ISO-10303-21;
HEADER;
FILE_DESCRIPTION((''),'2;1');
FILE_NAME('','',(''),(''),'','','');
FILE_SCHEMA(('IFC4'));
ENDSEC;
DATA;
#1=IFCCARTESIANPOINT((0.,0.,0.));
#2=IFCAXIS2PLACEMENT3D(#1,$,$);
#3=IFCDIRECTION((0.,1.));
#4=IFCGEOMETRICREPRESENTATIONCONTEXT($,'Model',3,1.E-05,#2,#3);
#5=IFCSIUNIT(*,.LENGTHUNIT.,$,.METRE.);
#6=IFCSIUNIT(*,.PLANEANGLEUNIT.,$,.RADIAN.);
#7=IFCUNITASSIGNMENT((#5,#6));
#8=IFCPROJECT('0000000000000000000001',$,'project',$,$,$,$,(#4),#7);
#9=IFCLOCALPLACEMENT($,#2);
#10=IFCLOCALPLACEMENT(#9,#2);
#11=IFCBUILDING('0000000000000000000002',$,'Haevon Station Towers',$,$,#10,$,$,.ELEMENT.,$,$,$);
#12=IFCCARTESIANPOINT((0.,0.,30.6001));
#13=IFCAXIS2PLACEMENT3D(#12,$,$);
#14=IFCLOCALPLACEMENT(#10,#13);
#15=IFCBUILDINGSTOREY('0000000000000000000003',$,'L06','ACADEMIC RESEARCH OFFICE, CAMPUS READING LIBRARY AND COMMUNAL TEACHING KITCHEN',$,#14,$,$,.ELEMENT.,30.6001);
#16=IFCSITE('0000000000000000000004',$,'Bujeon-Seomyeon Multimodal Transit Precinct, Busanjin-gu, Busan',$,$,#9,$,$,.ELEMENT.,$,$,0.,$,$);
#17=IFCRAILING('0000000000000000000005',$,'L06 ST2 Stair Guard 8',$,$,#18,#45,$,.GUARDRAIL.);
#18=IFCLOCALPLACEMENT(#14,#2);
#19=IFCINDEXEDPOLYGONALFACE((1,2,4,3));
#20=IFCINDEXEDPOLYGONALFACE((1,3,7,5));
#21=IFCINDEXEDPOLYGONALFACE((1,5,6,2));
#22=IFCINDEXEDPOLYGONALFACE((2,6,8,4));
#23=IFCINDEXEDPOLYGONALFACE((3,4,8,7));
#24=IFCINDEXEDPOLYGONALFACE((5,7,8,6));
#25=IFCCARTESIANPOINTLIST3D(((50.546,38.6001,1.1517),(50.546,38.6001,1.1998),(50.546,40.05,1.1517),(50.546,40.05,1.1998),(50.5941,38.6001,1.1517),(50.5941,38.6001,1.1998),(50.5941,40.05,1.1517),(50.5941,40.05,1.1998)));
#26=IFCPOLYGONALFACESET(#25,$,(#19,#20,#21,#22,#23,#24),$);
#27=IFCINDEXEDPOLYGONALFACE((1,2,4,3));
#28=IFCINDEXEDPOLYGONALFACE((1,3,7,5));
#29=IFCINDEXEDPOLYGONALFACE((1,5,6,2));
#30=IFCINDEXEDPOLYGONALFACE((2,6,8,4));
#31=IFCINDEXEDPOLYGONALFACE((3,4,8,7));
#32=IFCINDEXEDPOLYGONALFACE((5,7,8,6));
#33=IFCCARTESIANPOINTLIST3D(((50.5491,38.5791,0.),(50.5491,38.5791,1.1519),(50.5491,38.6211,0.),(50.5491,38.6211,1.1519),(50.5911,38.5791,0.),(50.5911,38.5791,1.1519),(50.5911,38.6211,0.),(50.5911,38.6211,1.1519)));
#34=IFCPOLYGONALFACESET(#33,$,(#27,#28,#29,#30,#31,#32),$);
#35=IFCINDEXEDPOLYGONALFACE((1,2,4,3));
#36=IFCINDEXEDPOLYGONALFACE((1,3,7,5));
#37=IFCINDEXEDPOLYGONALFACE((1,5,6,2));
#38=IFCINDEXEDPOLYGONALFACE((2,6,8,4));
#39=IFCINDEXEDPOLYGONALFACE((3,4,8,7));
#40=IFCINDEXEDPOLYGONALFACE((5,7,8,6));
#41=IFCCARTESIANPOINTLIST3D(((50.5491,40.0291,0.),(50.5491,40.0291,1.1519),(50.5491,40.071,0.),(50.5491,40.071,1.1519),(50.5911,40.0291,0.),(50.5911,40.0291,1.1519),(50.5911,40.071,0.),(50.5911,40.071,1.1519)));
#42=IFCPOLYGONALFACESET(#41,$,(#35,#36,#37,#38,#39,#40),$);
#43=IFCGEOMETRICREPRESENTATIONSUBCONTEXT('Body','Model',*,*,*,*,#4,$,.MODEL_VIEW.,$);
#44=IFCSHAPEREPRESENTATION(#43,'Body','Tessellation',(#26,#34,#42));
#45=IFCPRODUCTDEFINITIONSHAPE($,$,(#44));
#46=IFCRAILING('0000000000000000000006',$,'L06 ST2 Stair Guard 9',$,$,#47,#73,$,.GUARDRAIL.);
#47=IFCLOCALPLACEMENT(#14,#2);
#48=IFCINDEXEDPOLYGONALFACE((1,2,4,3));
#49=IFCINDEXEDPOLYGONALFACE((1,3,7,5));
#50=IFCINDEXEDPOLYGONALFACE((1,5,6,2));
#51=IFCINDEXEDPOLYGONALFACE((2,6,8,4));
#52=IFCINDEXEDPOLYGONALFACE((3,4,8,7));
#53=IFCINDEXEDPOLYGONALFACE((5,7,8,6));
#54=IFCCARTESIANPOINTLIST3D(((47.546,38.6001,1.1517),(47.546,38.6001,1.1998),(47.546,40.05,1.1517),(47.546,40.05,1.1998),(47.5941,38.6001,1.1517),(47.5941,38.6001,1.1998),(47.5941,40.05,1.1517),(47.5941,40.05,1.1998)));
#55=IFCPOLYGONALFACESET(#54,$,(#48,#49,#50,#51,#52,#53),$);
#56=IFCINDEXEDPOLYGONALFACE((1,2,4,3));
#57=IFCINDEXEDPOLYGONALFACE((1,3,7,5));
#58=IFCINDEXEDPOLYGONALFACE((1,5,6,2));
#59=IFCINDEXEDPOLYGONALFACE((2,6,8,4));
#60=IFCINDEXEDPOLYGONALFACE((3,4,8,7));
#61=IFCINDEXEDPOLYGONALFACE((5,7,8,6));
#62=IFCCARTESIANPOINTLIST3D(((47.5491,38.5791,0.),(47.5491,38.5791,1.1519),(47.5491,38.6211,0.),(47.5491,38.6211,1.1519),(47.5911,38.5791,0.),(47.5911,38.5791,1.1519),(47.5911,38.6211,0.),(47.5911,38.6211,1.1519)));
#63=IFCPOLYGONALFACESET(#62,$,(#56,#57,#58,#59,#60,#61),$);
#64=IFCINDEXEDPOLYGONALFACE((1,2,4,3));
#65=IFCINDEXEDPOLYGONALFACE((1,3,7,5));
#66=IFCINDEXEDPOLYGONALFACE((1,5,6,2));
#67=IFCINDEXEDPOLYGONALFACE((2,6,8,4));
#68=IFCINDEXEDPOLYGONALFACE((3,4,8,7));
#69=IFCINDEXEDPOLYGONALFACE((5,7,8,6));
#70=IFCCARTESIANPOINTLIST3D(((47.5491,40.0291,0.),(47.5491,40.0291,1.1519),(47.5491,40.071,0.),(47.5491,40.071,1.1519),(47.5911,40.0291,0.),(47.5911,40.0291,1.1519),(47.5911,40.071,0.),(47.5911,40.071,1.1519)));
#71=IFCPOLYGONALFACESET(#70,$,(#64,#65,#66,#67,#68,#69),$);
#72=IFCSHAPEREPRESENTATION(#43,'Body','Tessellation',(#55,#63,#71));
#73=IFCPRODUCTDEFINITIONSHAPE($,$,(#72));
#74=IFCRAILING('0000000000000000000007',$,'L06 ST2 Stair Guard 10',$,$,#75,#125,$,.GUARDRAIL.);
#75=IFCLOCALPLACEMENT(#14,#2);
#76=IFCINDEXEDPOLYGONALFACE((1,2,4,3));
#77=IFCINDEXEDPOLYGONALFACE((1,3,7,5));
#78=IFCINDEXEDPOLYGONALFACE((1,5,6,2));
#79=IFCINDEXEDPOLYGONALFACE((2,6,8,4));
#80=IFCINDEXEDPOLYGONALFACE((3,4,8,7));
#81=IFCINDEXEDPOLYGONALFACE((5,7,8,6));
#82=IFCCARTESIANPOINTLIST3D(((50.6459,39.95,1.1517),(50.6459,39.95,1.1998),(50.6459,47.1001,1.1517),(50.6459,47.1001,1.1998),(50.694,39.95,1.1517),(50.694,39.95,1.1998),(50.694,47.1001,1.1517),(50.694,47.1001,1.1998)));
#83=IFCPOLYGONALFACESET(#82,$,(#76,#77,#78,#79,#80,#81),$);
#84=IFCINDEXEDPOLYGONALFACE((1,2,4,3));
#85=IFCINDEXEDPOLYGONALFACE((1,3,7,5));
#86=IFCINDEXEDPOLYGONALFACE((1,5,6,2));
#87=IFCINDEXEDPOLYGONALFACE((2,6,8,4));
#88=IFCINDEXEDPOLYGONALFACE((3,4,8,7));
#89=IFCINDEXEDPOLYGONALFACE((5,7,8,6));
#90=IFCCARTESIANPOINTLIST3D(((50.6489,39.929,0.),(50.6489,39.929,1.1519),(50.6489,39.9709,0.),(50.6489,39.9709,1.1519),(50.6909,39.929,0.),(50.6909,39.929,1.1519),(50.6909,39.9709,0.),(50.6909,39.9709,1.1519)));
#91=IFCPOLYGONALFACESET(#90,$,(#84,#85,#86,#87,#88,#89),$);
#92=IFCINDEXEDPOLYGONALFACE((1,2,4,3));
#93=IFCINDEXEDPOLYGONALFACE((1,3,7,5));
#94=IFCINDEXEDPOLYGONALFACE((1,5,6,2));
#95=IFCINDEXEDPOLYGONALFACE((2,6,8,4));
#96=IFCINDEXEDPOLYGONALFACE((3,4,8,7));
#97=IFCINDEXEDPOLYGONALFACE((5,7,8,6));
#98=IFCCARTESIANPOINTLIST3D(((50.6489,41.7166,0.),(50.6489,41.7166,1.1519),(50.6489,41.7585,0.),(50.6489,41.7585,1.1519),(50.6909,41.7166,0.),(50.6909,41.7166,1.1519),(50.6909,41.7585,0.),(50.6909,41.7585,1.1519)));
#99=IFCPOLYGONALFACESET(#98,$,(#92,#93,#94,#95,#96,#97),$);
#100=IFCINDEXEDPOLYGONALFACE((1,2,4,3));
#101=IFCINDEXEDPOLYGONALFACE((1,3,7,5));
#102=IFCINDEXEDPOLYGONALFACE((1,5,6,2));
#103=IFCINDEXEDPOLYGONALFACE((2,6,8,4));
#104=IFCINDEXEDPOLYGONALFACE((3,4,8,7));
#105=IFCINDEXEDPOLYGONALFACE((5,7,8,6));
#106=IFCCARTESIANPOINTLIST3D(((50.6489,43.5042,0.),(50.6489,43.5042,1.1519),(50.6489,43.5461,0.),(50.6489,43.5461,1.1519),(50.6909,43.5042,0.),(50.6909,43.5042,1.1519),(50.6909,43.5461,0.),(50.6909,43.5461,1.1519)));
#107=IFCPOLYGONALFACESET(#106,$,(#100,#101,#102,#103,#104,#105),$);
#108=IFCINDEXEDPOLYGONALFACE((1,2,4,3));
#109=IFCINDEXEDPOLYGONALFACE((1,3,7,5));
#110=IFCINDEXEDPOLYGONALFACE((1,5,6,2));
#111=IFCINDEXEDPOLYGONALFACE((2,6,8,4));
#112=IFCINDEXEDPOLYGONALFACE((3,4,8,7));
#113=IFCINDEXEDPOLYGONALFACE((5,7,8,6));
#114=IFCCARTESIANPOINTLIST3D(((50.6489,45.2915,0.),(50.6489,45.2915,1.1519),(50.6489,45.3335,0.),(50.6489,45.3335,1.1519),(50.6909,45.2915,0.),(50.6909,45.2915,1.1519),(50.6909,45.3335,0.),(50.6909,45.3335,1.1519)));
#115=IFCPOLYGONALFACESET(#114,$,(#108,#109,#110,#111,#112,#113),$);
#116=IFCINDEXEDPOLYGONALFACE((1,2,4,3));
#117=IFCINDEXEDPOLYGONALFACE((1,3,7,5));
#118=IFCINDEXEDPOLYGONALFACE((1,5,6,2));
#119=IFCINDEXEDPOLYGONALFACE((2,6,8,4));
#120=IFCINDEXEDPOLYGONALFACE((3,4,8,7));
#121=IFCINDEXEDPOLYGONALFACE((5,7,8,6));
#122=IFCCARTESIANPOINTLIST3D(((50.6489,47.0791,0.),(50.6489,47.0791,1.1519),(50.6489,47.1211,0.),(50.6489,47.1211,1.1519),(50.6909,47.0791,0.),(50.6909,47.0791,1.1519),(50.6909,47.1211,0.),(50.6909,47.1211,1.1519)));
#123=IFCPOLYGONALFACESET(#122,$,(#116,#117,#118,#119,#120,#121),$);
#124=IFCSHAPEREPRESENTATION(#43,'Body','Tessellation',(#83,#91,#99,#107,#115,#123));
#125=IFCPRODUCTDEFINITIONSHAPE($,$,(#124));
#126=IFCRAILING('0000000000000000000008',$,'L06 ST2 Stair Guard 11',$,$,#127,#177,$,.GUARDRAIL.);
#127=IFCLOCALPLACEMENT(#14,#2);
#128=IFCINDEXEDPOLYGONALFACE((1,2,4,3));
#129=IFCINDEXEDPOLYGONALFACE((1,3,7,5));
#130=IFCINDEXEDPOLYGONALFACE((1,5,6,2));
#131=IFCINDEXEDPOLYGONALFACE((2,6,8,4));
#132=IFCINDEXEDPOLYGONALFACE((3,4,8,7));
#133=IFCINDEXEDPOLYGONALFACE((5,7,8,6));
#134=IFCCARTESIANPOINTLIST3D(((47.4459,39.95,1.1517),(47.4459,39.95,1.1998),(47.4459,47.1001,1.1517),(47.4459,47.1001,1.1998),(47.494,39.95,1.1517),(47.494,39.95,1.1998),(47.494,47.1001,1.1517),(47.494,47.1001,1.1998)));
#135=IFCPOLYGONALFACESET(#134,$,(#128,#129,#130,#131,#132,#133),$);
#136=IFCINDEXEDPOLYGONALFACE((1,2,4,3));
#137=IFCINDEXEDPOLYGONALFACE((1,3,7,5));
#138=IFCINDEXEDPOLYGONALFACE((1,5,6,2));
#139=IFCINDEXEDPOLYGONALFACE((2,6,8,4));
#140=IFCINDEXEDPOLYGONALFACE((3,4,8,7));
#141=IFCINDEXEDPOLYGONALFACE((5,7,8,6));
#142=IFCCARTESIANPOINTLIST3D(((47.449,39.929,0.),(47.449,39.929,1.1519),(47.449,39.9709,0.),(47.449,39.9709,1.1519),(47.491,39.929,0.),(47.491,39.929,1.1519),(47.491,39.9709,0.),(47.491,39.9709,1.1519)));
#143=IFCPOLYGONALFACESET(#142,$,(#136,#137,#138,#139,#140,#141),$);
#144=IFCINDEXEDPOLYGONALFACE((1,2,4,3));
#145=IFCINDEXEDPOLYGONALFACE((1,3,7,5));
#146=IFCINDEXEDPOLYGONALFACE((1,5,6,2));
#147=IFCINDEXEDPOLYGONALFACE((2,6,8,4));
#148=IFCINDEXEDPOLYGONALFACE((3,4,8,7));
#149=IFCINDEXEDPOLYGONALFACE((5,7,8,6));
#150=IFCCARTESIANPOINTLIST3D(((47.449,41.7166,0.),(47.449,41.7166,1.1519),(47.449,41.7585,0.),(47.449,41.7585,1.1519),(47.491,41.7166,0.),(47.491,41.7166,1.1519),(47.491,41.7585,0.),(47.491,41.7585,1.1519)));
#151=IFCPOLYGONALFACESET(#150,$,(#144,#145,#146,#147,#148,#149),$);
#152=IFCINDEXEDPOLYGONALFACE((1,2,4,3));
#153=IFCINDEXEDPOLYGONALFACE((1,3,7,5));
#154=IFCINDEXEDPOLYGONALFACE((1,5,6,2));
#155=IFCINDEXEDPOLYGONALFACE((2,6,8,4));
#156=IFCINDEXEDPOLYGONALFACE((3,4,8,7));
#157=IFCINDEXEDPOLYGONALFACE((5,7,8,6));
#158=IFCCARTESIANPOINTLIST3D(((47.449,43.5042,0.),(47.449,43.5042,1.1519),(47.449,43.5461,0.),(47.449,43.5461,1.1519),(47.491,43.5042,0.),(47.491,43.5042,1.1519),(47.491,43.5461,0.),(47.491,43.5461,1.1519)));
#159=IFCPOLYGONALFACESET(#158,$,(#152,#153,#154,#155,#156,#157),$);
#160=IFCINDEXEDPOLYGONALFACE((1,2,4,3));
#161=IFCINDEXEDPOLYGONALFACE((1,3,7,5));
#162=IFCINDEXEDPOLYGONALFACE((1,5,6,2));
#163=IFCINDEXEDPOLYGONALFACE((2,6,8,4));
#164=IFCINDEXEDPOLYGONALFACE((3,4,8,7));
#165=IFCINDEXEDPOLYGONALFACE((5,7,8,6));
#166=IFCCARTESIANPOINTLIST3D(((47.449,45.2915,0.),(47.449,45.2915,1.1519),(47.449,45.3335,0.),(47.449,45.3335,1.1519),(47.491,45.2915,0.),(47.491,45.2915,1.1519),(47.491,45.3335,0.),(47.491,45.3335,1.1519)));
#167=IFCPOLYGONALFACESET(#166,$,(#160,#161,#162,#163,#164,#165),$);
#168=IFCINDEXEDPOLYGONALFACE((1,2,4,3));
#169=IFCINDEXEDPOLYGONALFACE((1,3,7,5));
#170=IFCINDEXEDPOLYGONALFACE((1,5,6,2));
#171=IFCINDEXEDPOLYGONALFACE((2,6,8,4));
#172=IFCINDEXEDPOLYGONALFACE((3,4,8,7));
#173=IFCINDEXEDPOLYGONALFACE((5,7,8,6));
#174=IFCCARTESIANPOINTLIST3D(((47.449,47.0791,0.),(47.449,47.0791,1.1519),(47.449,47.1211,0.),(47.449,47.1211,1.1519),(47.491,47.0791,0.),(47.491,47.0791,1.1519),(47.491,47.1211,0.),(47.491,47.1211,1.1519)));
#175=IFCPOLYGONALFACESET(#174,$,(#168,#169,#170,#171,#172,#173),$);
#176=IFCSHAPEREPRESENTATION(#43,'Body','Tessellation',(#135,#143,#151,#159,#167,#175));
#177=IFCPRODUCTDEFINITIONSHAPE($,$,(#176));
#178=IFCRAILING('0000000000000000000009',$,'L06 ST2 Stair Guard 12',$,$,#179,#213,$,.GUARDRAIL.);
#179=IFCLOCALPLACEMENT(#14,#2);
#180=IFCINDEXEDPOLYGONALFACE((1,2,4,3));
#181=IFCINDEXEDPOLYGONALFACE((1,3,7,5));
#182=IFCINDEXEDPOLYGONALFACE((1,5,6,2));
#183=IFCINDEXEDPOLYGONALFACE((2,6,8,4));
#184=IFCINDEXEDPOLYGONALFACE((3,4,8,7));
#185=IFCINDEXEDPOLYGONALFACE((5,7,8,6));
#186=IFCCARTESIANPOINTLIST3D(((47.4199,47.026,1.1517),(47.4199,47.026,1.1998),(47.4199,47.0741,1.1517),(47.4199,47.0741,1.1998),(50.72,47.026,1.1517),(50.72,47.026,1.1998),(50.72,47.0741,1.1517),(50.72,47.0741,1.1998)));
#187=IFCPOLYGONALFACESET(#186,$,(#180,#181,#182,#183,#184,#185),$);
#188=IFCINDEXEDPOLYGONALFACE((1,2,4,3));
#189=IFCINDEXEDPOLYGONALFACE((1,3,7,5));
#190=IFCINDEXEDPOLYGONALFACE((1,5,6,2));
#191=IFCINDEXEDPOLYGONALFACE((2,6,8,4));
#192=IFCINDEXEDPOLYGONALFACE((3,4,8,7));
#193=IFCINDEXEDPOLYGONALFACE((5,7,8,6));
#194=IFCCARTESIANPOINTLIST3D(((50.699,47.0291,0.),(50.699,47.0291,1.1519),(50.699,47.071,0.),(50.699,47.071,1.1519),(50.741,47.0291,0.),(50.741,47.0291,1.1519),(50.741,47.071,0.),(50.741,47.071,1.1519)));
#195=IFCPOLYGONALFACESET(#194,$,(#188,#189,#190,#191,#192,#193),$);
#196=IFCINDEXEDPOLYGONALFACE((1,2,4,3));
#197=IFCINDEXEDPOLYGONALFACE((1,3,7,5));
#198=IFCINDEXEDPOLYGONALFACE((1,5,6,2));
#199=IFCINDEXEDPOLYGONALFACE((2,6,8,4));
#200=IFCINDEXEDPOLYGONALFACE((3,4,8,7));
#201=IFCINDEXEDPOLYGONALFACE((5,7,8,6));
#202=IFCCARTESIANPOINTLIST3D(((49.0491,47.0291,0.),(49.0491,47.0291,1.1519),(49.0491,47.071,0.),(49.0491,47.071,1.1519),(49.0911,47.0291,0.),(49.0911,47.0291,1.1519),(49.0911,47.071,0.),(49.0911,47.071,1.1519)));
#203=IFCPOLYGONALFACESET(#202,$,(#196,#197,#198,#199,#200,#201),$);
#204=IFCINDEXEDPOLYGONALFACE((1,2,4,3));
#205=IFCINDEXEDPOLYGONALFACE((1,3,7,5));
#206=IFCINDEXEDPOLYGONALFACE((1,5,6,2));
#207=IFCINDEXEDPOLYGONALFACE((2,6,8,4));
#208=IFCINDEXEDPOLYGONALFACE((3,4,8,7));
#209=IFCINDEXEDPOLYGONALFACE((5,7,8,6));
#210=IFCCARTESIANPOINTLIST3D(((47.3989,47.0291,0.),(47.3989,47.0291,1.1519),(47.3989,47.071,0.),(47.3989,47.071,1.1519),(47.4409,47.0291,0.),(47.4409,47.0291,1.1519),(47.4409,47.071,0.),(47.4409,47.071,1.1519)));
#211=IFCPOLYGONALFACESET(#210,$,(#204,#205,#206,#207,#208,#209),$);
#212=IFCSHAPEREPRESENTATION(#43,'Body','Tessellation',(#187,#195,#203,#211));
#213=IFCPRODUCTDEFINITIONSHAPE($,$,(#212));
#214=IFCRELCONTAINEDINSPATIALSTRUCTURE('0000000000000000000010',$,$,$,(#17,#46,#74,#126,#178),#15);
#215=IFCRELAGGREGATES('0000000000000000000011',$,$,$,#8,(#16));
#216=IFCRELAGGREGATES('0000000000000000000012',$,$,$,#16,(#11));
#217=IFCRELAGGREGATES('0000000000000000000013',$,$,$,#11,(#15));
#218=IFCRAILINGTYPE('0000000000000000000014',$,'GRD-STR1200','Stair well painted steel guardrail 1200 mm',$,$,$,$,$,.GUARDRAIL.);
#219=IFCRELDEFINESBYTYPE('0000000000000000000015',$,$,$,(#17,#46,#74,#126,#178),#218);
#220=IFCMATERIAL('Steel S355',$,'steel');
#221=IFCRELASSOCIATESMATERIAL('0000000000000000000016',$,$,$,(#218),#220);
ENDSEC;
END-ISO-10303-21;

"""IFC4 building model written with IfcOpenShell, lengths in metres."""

from ifc_helpers import new_model, si_unit, direction, frame, origin, origin_2d, place, context, subcontext, project, spatial, rectangle, extrude, material, type_object, element, save


model = new_model("IFC4")

# Units and contexts
model_context = context("Model", 3, precision=1e-05, world=origin(), true_north=direction((0.0, 1.0)))
body_context = subcontext(model_context, "Body", "Model", "MODEL_VIEW")
ifc_project = project(units=[si_unit("LENGTHUNIT", "METRE"), si_unit("PLANEANGLEUNIT", "RADIAN")], contexts=[model_context])

# Site, building, storey
site_placement = place(None, origin())
site = spatial("IfcSite", under=ifc_project, at=site_placement, Name="Bujeon-Seomyeon Multimodal Transit Precinct, Busanjin-gu, Busan", CompositionType="ELEMENT", RefElevation=0.0)
building_placement = place(site_placement, origin())
building = spatial("IfcBuilding", under=site, at=building_placement, Name="Haevon Station Towers", CompositionType="ELEMENT")
storey_placement = place(building_placement, frame((0.0, 0.0, 30.6001)))
storey = spatial("IfcBuildingStorey", under=building, at=storey_placement, Name="L06", Description="ACADEMIC RESEARCH OFFICE, CAMPUS READING LIBRARY AND COMMUNAL TEACHING KITCHEN", CompositionType="ELEMENT", Elevation=30.6001)

# Shared definitions
ifc_material_1 = material(Name="Steel S355", Category="steel")

# Railings
railing_type_1 = type_object("IfcRailingType", Name="GRD-STR1200", Description="Stair well painted steel guardrail 1200 mm", PredefinedType="GUARDRAIL", material=ifc_material_1)
for number, where, name in (
    (1, (50.5701, 38.6001, 0.0), "L06 ST2 Stair Guard 8"),
    (2, (47.5701, 38.6001, 0.0), "L06 ST2 Stair Guard 9"),
):
    element("IfcRailing", number, at=place(storey_placement, frame(where)), inside=storey, type_object=railing_type_1, Name=name, PredefinedType="GUARDRAIL", context=body_context, shape_type="SweptSolid", body=[
        extrude(rectangle(XDim=0.0481, YDim=0.0481, at=origin_2d()), frame((0.0, 0.0, 1.1758), z_axis=(0.0, 1.0, 0.0), x_axis=(-1.0, 0.0, 0.0)), (0.0, 0.0, 1.0), 1.45),
        extrude(rectangle(XDim=0.042, YDim=0.042, at=origin_2d()), origin(), (0.0, 0.0, 1.0), 1.1519),
        extrude(rectangle(XDim=0.042, YDim=0.042, at=origin_2d()), frame((0.0, 1.45, 0.0)), (0.0, 0.0, 1.0), 1.1519),
    ])
for number, where, name in (
    (3, (50.6699, 39.95, 0.0), "L06 ST2 Stair Guard 10"),
    (4, (47.47, 39.95, 0.0), "L06 ST2 Stair Guard 11"),
):
    element("IfcRailing", number, at=place(storey_placement, frame(where)), inside=storey, type_object=railing_type_1, Name=name, PredefinedType="GUARDRAIL", context=body_context, shape_type="SweptSolid", body=[
        extrude(rectangle(XDim=0.0481, YDim=0.0481, at=origin_2d()), frame((0.0, 0.0, 1.1758), z_axis=(0.0, 1.0, 0.0), x_axis=(-1.0, 0.0, 0.0)), (0.0, 0.0, 1.0), 7.1501),
        extrude(rectangle(XDim=0.042, YDim=0.042, at=origin_2d()), origin(), (0.0, 0.0, 1.0), 1.1519),
        extrude(rectangle(XDim=0.042, YDim=0.042, at=origin_2d()), frame((0.0, 1.7876, 0.0)), (0.0, 0.0, 1.0), 1.1519),
        extrude(rectangle(XDim=0.042, YDim=0.042, at=origin_2d()), frame((0.0, 3.5752, 0.0)), (0.0, 0.0, 1.0), 1.1519),
        extrude(rectangle(XDim=0.042, YDim=0.042, at=origin_2d()), frame((0.0, 5.3625, 0.0)), (0.0, 0.0, 1.0), 1.1519),
        extrude(rectangle(XDim=0.042, YDim=0.042, at=origin_2d()), frame((0.0, 7.1501, 0.0)), (0.0, 0.0, 1.0), 1.1519),
    ])
railing_1_placement = place(storey_placement, frame((50.72, 47.05, 0.0)))
element("IfcRailing", 5, at=railing_1_placement, inside=storey, type_object=railing_type_1, Name="L06 ST2 Stair Guard 12", PredefinedType="GUARDRAIL", context=body_context, shape_type="SweptSolid", body=[
    extrude(rectangle(XDim=0.0481, YDim=0.0481, at=origin_2d()), frame((0.0, 0.0, 1.1758), z_axis=(-1.0, 0.0, 0.0), x_axis=(0.0, -1.0, 0.0)), (0.0, 0.0, 1.0), 3.3),
    extrude(rectangle(XDim=0.042, YDim=0.042, at=origin_2d()), origin(), (0.0, 0.0, 1.0), 1.1519),
    extrude(rectangle(XDim=0.042, YDim=0.042, at=origin_2d()), frame((-1.6499, 0.0, 0.0)), (0.0, 0.0, 1.0), 1.1519),
    extrude(rectangle(XDim=0.042, YDim=0.042, at=origin_2d()), frame((-3.3, 0.0, 0.0)), (0.0, 0.0, 1.0), 1.1519),
])

save(model, "model.ifc")
